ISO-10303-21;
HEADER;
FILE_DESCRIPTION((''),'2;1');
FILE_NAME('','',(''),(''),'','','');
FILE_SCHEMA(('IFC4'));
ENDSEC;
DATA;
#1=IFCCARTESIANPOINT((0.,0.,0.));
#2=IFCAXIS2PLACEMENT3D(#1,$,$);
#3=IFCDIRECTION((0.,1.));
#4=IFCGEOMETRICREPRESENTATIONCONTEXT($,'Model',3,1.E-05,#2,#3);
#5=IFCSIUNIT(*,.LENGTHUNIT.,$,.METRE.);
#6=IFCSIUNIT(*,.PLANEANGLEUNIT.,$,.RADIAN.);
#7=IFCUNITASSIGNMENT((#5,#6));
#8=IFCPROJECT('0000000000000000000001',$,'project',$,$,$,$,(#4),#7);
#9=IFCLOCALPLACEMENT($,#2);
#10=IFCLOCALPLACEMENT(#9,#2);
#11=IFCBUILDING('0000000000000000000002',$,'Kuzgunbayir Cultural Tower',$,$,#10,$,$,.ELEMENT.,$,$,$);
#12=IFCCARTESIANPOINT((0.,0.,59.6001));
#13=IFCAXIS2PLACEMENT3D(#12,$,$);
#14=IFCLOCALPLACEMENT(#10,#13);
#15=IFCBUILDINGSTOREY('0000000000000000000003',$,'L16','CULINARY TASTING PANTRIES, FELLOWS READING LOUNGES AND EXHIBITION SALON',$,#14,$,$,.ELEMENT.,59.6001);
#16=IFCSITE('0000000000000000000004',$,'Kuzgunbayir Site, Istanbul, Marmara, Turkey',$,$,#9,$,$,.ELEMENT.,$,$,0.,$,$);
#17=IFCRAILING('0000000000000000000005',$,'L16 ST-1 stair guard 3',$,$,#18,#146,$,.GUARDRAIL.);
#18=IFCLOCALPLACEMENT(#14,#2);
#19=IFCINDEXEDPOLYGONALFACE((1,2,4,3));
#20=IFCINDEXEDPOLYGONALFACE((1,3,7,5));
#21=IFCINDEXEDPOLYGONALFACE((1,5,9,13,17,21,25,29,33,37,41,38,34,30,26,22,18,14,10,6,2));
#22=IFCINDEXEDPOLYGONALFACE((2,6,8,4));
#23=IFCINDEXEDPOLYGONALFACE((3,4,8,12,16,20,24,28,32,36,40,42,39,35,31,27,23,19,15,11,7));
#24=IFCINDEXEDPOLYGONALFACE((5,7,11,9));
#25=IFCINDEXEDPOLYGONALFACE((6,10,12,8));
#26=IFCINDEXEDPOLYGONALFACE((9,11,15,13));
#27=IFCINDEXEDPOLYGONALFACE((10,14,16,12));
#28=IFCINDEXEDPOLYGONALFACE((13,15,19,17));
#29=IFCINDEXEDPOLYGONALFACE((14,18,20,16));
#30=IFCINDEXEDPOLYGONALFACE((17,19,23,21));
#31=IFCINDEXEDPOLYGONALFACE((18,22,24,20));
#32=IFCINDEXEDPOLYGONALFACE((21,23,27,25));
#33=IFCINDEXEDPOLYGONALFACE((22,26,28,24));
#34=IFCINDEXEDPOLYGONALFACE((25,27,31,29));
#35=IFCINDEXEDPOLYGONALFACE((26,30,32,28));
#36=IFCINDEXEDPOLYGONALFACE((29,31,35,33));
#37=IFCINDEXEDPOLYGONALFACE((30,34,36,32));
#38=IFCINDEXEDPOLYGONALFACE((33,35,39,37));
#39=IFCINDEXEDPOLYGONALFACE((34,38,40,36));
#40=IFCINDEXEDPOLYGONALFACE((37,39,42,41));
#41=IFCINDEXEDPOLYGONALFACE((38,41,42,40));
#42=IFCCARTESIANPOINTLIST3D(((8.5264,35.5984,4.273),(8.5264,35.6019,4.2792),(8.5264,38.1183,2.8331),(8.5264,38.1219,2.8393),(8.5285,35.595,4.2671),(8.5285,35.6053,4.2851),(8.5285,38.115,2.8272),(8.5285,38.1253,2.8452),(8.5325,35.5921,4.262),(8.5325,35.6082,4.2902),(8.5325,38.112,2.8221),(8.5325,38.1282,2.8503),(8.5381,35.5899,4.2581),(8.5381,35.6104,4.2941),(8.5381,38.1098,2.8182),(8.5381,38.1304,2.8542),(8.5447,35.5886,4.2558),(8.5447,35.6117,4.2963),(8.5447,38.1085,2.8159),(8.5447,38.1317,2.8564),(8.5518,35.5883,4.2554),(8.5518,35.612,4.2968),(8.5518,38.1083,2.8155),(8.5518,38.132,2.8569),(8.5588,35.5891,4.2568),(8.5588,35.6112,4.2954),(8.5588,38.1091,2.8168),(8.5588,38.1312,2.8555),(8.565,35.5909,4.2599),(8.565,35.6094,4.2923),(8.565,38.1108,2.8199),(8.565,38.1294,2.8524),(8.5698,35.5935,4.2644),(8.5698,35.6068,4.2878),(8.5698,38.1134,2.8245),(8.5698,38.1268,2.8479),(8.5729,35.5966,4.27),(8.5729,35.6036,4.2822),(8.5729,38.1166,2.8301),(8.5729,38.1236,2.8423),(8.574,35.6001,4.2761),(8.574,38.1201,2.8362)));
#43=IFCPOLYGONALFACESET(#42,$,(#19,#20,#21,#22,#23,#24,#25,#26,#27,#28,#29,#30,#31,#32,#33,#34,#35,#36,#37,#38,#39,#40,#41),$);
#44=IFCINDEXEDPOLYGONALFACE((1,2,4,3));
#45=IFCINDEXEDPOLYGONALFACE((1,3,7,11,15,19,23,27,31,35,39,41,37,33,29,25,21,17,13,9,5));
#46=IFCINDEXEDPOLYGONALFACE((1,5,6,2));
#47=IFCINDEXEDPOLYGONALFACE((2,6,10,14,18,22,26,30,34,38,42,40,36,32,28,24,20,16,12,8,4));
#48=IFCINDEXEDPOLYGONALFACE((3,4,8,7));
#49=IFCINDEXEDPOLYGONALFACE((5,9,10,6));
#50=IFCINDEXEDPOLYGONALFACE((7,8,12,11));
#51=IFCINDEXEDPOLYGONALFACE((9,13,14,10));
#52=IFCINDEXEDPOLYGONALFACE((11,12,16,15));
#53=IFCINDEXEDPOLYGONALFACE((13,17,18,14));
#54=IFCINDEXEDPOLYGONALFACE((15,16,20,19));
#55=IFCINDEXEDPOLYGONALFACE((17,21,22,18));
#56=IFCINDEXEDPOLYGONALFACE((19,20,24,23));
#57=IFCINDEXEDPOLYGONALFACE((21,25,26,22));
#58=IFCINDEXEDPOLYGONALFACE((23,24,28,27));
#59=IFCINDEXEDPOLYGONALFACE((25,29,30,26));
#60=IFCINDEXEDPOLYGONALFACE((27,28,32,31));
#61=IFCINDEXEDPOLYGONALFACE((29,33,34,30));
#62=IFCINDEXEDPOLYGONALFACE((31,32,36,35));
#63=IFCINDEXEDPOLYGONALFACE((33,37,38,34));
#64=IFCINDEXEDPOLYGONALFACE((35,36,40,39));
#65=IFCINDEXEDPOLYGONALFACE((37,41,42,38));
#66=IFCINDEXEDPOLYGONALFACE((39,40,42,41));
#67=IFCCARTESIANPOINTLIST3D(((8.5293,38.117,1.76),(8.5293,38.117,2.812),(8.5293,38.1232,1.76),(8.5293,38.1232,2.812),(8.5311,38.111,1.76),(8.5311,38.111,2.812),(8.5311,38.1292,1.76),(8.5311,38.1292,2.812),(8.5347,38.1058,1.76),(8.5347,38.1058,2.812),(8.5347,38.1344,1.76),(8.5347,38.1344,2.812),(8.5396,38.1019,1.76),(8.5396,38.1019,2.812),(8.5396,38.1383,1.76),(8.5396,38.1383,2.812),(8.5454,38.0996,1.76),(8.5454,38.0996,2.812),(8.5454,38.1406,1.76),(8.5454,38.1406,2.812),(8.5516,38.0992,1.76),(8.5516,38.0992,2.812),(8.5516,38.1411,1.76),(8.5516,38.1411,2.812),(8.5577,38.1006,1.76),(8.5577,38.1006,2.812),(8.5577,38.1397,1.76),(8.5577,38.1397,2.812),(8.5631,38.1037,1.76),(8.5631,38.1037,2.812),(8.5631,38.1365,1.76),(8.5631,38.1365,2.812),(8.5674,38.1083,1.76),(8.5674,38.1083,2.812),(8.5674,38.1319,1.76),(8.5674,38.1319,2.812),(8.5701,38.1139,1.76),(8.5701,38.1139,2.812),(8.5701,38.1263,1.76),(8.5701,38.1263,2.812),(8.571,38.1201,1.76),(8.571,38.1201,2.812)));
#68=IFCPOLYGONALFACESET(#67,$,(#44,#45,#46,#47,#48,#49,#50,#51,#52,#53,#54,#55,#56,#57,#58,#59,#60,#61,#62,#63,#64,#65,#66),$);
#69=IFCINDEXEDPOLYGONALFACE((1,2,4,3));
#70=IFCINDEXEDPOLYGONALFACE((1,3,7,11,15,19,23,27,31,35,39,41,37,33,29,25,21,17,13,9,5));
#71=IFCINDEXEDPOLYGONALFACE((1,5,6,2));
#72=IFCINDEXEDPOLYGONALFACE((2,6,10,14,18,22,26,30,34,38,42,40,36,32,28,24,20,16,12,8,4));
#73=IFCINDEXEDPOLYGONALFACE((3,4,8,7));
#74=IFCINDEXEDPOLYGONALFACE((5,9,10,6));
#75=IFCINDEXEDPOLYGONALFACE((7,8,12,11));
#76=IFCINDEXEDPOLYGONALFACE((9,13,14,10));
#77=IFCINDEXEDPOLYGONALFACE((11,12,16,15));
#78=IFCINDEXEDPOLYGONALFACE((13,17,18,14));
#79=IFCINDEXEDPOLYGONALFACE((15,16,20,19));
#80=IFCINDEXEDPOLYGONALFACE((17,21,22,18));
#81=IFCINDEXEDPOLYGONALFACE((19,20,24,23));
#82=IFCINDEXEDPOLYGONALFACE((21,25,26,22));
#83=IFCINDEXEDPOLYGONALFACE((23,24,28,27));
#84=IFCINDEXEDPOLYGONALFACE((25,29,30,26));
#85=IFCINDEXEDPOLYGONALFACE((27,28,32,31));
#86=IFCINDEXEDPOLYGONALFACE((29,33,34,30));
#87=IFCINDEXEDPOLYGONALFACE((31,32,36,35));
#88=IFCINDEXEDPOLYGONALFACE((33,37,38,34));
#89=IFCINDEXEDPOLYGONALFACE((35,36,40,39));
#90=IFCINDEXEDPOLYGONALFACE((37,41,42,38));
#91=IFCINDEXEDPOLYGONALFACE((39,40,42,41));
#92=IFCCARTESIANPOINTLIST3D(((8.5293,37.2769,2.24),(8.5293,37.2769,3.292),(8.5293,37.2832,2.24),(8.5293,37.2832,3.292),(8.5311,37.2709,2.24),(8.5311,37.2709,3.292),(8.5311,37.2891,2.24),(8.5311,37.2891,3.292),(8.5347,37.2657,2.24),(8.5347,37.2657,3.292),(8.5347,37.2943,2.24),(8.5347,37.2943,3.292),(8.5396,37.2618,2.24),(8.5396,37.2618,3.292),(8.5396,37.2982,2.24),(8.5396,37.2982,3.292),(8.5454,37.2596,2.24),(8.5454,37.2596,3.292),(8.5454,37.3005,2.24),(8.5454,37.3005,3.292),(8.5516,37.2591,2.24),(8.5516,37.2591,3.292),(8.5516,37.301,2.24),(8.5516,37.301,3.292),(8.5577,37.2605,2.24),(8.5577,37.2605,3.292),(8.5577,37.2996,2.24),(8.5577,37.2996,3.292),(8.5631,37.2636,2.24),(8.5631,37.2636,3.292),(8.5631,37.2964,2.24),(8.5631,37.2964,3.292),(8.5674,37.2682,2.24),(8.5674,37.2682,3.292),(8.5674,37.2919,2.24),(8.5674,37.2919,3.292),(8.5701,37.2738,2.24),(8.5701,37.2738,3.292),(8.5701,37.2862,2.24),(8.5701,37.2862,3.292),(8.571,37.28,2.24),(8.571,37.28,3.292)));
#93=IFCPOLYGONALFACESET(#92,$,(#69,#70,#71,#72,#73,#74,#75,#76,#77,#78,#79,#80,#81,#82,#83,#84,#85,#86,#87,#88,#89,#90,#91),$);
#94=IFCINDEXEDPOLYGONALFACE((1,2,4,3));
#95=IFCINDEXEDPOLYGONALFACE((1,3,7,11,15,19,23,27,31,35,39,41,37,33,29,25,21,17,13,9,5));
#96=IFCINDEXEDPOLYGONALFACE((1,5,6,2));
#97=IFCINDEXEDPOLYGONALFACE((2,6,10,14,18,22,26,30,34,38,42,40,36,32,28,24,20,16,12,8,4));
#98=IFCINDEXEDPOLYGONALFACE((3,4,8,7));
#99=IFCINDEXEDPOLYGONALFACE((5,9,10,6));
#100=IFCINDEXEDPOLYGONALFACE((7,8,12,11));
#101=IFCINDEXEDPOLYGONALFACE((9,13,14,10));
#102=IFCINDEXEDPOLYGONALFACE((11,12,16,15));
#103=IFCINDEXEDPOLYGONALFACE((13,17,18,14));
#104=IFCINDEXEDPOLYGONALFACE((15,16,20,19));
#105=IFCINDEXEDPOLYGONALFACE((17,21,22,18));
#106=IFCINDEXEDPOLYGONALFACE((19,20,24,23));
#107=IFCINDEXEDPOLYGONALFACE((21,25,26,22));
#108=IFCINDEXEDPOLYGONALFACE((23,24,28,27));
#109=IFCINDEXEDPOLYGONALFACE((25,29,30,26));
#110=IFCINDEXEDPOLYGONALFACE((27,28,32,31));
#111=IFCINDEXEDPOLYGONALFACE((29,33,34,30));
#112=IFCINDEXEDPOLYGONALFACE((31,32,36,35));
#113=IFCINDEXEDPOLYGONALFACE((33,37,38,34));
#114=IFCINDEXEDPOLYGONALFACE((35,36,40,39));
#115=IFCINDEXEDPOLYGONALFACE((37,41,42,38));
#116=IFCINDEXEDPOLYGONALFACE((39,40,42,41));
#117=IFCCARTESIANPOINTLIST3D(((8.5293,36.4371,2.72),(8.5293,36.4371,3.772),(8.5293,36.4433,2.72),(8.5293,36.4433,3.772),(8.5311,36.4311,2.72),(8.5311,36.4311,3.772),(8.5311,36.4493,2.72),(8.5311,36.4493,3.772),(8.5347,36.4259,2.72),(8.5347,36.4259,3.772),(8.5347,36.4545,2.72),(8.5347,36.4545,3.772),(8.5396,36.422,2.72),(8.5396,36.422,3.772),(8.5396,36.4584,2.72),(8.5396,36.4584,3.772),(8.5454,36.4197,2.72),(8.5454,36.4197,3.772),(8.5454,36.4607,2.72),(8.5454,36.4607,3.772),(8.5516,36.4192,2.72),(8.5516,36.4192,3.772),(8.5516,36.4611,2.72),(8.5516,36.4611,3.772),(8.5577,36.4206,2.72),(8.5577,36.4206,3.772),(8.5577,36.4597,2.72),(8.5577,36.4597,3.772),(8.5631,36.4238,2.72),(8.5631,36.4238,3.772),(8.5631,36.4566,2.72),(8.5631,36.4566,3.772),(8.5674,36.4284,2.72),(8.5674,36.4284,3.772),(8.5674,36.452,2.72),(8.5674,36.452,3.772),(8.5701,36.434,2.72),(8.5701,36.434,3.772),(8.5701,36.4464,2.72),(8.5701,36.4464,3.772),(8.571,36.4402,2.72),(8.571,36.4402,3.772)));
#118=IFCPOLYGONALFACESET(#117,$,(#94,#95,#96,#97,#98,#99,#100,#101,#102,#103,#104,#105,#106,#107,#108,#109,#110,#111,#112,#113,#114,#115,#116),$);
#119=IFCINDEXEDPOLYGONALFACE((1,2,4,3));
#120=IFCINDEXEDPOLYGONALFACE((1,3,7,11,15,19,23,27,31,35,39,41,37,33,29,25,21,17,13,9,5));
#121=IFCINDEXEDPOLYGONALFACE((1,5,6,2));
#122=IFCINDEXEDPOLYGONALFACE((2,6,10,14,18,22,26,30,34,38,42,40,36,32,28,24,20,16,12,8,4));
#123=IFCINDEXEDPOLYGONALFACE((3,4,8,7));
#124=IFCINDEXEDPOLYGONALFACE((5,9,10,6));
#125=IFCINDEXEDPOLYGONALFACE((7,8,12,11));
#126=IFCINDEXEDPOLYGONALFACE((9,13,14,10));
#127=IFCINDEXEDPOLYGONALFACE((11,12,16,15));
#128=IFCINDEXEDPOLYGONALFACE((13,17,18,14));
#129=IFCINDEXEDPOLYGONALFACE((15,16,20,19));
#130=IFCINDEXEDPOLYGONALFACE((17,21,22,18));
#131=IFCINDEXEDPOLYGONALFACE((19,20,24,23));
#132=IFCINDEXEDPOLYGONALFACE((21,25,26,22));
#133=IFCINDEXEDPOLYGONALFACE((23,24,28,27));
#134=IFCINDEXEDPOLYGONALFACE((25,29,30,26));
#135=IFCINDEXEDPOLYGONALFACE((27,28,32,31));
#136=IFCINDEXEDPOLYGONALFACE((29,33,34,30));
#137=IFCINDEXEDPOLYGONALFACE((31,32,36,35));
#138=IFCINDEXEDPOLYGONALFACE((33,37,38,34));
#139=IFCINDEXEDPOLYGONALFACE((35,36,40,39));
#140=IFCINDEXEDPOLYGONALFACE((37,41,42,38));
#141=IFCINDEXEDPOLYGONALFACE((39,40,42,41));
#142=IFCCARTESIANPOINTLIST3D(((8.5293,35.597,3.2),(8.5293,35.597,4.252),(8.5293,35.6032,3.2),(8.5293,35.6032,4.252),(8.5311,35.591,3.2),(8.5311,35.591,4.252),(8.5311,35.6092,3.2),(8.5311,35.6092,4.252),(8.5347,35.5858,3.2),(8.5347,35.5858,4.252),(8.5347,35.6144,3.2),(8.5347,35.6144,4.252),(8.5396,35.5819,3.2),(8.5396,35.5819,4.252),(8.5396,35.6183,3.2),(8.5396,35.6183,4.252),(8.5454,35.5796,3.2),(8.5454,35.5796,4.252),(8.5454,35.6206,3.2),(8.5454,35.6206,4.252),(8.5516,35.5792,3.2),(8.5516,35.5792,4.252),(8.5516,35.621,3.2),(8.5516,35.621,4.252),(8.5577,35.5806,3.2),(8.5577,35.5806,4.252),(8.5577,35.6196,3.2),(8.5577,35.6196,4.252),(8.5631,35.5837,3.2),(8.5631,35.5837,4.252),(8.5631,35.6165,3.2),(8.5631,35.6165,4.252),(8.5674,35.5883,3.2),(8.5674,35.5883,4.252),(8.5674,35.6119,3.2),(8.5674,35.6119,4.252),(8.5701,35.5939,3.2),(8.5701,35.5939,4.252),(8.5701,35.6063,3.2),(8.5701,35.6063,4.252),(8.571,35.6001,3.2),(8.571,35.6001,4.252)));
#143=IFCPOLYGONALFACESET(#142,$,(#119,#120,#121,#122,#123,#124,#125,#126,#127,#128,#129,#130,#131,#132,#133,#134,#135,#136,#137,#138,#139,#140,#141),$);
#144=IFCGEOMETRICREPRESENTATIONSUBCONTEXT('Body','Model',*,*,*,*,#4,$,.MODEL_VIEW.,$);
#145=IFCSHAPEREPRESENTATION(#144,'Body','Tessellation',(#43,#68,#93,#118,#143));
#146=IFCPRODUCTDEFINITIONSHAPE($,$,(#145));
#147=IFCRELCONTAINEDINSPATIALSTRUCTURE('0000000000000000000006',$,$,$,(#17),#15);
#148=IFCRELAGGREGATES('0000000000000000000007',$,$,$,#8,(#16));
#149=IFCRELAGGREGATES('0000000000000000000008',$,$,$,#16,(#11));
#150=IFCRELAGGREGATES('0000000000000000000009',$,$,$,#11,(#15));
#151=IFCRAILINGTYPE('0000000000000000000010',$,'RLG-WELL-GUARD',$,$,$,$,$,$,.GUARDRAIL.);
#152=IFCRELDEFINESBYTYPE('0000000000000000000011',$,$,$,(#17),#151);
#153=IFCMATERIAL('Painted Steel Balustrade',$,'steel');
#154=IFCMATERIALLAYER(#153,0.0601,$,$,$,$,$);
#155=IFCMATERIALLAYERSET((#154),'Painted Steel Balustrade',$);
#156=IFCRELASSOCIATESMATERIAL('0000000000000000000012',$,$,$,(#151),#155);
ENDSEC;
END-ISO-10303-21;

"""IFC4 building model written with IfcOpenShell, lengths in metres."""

from ifc_helpers import new_model, si_unit, direction, frame, origin, origin_2d, place, context, subcontext, project, spatial, circle, extrude, material, layer, layer_set, type_object, element, save


model = new_model("IFC4")

# Units and contexts
model_context = context("Model", 3, precision=1e-05, world=origin(), true_north=direction((0.0, 1.0)))
body_context = subcontext(model_context, "Body", "Model", "MODEL_VIEW")
ifc_project = project(units=[si_unit("LENGTHUNIT", "METRE"), si_unit("PLANEANGLEUNIT", "RADIAN")], contexts=[model_context])

# Site, building, storey
site_placement = place(None, origin())
site = spatial("IfcSite", under=ifc_project, at=site_placement, Name="Kuzgunbayir Site, Istanbul, Marmara, Turkey", CompositionType="ELEMENT", RefElevation=0.0)
building_placement = place(site_placement, origin())
building = spatial("IfcBuilding", under=site, at=building_placement, Name="Kuzgunbayir Cultural Tower", CompositionType="ELEMENT")
storey_placement = place(building_placement, frame((0.0, 0.0, 59.6001)))
storey = spatial("IfcBuildingStorey", under=building, at=storey_placement, Name="L16", Description="CULINARY TASTING PANTRIES, FELLOWS READING LOUNGES AND EXHIBITION SALON", CompositionType="ELEMENT", Elevation=59.6001)

# Railing
ifc_material_1 = material(Name="Painted Steel Balustrade", Category="steel")
ifc_layer_1 = layer(ifc_material_1, 0.0601)
ifc_layer_set_1 = layer_set([ifc_layer_1], Name="Painted Steel Balustrade")
railing_type_1 = type_object("IfcRailingType", Name="RLG-WELL-GUARD", PredefinedType="GUARDRAIL", material=ifc_layer_set_1)
railing_1_placement = place(storey_placement, frame((8.55, 38.1201, 1.76)))
element("IfcRailing", 1, at=railing_1_placement, inside=storey, type_object=railing_type_1, Name="L16 ST-1 stair guard 3", PredefinedType="GUARDRAIL", context=body_context, shape_type="SweptSolid", body=[
    extrude(circle(Radius=0.0239, at=origin_2d()), frame((0.0, 0.0, 1.0762), z_axis=(0.0, -0.868253, 0.496121), x_axis=(1.0, 0.0, 0.0)), (0.0, 0.0, 1.0), 2.9023),
    extrude(circle(Radius=0.021, at=origin_2d()), origin(), (0.0, 0.0, 1.0), 1.052),
    extrude(circle(Radius=0.021, at=origin_2d()), frame((0.0, -0.8401, 0.48)), (0.0, 0.0, 1.0), 1.052),
    extrude(circle(Radius=0.021, at=origin_2d()), frame((0.0, -1.6799, 0.96)), (0.0, 0.0, 1.0), 1.052),
    extrude(circle(Radius=0.021, at=origin_2d()), frame((0.0, -2.52, 1.4399)), (0.0, 0.0, 1.0), 1.052),
])

save(model, "model.ifc")
